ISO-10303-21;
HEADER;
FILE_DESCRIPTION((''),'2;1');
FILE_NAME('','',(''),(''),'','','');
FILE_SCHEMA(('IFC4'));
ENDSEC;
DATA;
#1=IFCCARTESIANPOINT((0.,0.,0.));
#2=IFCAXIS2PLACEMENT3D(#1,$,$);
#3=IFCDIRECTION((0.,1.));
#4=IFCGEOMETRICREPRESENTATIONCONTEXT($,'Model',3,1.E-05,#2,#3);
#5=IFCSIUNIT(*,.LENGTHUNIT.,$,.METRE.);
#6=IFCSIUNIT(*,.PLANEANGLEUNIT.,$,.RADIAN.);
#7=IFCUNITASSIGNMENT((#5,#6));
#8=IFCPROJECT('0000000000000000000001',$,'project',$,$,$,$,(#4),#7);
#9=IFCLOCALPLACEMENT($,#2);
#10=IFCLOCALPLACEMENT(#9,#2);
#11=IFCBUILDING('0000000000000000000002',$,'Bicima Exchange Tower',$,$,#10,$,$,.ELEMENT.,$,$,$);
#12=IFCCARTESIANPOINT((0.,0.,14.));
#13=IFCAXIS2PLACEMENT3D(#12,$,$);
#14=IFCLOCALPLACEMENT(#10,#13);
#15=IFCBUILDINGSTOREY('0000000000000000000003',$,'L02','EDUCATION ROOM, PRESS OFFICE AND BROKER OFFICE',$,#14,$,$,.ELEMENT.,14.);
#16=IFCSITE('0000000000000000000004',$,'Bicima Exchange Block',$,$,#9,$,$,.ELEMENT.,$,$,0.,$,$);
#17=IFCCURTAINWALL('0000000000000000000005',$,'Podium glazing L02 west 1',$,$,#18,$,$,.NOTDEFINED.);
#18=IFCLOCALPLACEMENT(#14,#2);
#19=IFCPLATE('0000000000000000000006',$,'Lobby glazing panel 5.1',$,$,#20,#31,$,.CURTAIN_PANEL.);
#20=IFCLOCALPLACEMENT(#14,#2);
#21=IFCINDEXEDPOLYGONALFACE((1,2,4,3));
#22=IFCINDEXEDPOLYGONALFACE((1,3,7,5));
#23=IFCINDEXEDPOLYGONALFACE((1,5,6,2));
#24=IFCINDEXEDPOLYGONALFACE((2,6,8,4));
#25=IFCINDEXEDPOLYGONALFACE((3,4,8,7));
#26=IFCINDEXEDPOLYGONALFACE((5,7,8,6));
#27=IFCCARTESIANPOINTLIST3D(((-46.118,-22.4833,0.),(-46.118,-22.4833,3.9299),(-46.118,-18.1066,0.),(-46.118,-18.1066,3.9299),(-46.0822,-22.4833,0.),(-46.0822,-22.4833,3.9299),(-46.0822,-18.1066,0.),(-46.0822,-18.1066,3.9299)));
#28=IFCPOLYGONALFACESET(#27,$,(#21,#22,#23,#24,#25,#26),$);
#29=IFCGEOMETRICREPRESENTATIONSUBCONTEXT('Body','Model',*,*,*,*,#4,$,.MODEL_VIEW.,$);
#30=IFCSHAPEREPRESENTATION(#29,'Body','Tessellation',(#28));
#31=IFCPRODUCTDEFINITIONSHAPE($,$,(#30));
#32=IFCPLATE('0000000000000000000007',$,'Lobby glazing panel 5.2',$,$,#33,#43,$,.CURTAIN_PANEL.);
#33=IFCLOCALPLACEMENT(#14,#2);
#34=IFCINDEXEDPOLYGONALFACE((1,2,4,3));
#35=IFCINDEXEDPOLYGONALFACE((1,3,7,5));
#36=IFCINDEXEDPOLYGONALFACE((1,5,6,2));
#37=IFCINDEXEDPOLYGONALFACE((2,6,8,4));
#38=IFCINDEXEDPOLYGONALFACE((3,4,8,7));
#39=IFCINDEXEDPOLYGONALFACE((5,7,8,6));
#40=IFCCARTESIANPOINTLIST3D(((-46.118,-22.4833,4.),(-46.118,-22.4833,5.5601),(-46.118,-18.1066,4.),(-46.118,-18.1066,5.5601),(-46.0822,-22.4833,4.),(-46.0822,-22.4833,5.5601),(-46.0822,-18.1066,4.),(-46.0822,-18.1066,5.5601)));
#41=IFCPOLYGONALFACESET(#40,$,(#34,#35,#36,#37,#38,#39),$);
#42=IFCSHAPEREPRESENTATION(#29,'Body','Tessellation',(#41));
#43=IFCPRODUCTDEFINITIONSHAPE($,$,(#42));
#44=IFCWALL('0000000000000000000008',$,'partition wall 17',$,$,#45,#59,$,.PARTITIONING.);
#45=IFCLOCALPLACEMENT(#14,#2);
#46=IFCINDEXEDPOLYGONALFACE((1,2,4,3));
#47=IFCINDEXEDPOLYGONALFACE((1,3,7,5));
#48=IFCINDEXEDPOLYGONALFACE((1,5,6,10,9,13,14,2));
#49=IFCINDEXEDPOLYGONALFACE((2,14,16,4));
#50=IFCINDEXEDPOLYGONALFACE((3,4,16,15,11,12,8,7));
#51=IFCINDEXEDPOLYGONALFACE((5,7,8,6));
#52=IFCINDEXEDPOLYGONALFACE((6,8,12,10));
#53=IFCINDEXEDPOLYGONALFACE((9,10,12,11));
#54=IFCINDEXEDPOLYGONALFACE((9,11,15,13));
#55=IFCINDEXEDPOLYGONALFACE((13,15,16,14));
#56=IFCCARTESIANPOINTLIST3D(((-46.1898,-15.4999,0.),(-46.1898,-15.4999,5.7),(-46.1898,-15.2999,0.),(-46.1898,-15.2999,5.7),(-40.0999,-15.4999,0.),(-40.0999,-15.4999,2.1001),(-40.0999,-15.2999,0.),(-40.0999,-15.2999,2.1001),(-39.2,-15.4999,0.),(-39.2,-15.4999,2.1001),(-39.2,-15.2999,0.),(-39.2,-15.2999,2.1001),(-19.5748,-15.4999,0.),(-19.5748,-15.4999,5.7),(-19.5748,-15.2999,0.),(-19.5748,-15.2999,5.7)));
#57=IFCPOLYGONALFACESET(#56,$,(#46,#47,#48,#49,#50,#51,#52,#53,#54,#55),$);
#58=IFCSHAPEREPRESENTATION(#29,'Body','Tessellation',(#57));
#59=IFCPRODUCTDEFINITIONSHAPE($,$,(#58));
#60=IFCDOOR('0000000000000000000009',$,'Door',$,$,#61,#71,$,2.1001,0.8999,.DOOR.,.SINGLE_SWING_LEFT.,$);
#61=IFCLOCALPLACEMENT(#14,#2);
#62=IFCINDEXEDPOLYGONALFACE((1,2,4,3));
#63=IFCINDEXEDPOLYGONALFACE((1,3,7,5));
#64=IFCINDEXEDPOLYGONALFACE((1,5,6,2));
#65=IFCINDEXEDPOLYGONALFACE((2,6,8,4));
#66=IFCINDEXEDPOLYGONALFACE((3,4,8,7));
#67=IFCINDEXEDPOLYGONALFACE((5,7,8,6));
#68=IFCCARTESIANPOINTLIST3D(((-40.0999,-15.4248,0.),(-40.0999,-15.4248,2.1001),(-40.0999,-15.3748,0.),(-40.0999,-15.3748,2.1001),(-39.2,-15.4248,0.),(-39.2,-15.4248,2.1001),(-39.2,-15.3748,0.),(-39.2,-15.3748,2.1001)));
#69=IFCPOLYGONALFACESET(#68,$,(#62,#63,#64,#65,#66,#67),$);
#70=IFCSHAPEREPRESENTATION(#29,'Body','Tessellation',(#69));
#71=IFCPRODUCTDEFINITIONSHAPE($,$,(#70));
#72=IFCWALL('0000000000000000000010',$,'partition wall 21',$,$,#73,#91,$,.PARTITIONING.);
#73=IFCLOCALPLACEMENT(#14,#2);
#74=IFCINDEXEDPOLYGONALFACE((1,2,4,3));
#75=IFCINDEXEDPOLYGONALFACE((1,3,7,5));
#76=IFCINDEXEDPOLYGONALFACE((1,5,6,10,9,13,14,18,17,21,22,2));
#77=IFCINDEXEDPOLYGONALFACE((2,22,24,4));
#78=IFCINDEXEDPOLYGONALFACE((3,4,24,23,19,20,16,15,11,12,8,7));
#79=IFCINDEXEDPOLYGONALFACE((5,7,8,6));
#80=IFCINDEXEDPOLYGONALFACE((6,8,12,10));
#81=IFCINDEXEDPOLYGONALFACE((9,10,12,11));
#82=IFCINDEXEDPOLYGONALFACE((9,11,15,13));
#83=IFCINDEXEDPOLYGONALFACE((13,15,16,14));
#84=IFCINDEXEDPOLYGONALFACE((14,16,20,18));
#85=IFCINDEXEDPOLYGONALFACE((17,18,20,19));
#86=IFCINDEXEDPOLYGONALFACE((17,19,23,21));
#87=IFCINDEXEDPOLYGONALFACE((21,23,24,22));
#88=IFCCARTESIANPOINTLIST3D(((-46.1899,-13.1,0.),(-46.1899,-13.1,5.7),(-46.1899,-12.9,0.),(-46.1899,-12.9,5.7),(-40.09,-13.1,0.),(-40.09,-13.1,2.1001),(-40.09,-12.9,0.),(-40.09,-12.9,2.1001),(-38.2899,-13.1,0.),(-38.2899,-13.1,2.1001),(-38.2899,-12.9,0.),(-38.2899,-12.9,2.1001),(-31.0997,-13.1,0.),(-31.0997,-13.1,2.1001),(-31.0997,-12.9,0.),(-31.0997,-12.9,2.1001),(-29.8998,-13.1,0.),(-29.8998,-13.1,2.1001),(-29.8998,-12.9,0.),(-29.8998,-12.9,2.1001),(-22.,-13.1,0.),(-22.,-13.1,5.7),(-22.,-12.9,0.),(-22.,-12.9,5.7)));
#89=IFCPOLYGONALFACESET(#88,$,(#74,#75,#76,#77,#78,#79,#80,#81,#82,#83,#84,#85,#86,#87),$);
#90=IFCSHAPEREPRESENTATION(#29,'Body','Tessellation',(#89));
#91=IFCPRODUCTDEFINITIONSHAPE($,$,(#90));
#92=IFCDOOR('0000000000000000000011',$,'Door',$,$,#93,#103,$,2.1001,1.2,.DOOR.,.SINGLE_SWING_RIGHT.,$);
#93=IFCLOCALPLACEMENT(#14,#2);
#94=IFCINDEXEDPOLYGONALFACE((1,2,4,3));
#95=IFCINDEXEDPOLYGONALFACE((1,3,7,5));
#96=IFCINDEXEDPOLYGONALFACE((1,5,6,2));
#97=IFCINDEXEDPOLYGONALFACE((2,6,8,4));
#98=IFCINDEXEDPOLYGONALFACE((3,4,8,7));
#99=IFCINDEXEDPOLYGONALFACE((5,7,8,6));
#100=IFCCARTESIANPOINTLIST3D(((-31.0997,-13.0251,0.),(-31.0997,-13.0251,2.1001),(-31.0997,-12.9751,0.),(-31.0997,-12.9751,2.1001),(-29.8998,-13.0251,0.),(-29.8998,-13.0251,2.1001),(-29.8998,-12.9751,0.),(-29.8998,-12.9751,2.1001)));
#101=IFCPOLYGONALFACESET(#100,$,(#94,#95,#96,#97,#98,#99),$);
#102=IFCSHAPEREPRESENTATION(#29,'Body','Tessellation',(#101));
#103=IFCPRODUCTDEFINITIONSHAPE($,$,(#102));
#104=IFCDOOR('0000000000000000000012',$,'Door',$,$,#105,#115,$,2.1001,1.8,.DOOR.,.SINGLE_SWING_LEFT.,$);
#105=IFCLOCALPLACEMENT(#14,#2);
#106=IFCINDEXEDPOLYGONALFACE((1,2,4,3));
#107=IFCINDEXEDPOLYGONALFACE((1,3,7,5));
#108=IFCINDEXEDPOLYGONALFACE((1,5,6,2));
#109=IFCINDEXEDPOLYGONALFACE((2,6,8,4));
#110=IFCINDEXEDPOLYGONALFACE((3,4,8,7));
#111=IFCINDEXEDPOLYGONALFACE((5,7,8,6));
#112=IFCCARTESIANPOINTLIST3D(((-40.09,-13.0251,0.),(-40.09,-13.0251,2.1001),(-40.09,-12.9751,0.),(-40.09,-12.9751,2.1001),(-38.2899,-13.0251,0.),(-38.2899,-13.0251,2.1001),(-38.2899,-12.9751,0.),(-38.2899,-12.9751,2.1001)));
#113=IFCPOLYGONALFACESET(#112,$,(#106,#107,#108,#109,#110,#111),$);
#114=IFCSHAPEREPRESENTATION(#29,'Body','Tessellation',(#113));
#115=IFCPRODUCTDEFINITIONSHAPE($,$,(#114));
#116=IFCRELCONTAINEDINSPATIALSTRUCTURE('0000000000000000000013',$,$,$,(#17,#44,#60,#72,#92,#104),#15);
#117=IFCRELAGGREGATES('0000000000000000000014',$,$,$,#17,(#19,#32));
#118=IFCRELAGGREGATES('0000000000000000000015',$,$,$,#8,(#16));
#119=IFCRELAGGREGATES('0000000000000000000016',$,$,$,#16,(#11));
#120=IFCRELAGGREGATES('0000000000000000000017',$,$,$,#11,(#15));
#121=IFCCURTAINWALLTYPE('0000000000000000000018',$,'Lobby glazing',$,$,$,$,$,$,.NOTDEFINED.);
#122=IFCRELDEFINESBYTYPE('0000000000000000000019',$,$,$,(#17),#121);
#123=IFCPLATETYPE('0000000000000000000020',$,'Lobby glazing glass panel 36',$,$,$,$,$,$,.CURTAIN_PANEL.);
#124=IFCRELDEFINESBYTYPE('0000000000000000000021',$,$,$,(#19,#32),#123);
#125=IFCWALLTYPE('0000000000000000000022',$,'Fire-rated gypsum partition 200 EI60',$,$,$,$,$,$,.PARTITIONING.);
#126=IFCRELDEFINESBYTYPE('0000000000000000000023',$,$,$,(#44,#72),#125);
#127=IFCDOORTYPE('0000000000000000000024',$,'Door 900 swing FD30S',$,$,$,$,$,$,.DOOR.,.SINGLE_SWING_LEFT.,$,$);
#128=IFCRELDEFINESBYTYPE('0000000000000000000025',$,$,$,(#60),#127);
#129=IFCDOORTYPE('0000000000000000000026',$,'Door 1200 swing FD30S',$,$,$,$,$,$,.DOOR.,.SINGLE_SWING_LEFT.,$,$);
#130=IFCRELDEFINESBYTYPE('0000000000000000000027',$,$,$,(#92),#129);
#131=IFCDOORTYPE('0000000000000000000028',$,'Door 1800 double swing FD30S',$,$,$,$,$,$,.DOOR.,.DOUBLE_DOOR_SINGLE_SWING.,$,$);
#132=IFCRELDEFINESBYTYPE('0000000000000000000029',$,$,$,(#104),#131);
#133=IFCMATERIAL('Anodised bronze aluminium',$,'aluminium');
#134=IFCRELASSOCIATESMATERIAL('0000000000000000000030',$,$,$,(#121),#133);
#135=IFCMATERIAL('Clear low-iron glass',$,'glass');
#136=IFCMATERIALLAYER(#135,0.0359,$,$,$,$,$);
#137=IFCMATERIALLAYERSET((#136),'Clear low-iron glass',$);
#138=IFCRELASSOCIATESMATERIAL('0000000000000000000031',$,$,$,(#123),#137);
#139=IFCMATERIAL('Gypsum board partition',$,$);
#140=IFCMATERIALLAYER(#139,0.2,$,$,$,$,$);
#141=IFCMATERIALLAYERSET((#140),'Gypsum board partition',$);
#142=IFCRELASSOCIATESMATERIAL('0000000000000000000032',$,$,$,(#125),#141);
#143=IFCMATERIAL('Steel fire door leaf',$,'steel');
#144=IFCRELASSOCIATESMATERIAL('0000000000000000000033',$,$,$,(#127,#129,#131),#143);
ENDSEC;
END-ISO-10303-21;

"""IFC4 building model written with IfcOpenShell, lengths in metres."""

from ifc_helpers import new_model, si_unit, direction, frame, frame_2d, origin, origin_2d, place, context, subcontext, project, spatial, rectangle, extrude, material, layer, layer_set, type_object, element, fill, aggregate, save


model = new_model("IFC4")

# Units and contexts
model_context = context("Model", 3, precision=1e-05, world=origin(), true_north=direction((0.0, 1.0)))
body_context = subcontext(model_context, "Body", "Model", "MODEL_VIEW")
ifc_project = project(units=[si_unit("LENGTHUNIT", "METRE"), si_unit("PLANEANGLEUNIT", "RADIAN")], contexts=[model_context])

# Site, building, storey
site_placement = place(None, origin())
site = spatial("IfcSite", under=ifc_project, at=site_placement, Name="Bicima Exchange Block", CompositionType="ELEMENT", RefElevation=0.0)
building_placement = place(site_placement, origin())
building = spatial("IfcBuilding", under=site, at=building_placement, Name="Bicima Exchange Tower", CompositionType="ELEMENT")
storey_placement = place(building_placement, frame((0.0, 0.0, 14.0)))
storey = spatial("IfcBuildingStorey", under=building, at=storey_placement, Name="L02", Description="EDUCATION ROOM, PRESS OFFICE AND BROKER OFFICE", CompositionType="ELEMENT", Elevation=14.0)

# Curtain wall, plates
ifc_material_1 = material(Name="Anodised bronze aluminium", Category="aluminium")
curtain_wall_type = type_object("IfcCurtainWallType", Name="Lobby glazing", PredefinedType="NOTDEFINED", material=ifc_material_1)
curtain_wall_placement = place(storey_placement, origin())
curtain_wall = element("IfcCurtainWall", 1, at=curtain_wall_placement, inside=storey, type_object=curtain_wall_type, Name="Podium glazing L02 west 1", PredefinedType="NOTDEFINED")
ifc_material_2 = material(Name="Clear low-iron glass", Category="glass")
ifc_layer_1 = layer(ifc_material_2, 0.0359)
ifc_layer_set_1 = layer_set([ifc_layer_1], Name="Clear low-iron glass")
plate_type = type_object("IfcPlateType", Name="Lobby glazing glass panel 36", PredefinedType="CURTAIN_PANEL", material=ifc_layer_set_1)
plate_1_placement = place(storey_placement, frame((-46.1001, -20.2949, 0.0), z_axis=(0.0, 0.0, 1.0), x_axis=(0.0, -1.0, 0.0)))
plate_1 = element("IfcPlate", 2, at=plate_1_placement, type_object=plate_type, Name="Lobby glazing panel 5.1", PredefinedType="CURTAIN_PANEL", context=body_context, shape_type="SweptSolid", body=[
    extrude(rectangle(XDim=4.3767, YDim=0.0359, at=origin_2d()), origin(), (0.0, 0.0, 1.0), 3.9299),
])
plate_2_placement = place(storey_placement, frame((-46.1001, -20.2949, 4.0), z_axis=(0.0, 0.0, 1.0), x_axis=(0.0, -1.0, 0.0)))
plate_2 = element("IfcPlate", 3, at=plate_2_placement, type_object=plate_type, Name="Lobby glazing panel 5.2", PredefinedType="CURTAIN_PANEL", context=body_context, shape_type="SweptSolid", body=[
    extrude(rectangle(XDim=4.3767, YDim=0.0359, at=origin_2d()), origin(), (0.0, 0.0, 1.0), 1.5601),
])
aggregate(curtain_wall, [plate_1, plate_2])

# Wall, opening, door
ifc_material_3 = material(Name="Gypsum board partition")
ifc_layer_2 = layer(ifc_material_3, 0.2)
ifc_layer_set_2 = layer_set([ifc_layer_2], Name="Gypsum board partition")
wall_type = type_object("IfcWallType", Name="Fire-rated gypsum partition 200 EI60", PredefinedType="PARTITIONING", material=ifc_layer_set_2)
wall_1_placement = place(storey_placement, frame((-46.1899, -15.3999, 0.0), z_axis=(0.0, 0.0, 1.0), x_axis=(1.0, 0.0, 0.0)))
wall_1 = element("IfcWall", 4, at=wall_1_placement, inside=storey, type_object=wall_type, Name="partition wall 17", PredefinedType="PARTITIONING", context=body_context, shape_type="SweptSolid", body=[
    extrude(rectangle(XDim=26.615, YDim=0.2, at=frame_2d((13.3076, 0.0))), origin(), (0.0, 0.0, 1.0), 5.7),
])
opening_1_placement = place(wall_1_placement, frame((6.0901, 0.0, 0.0)))
opening_1 = element("IfcOpeningElement", 5, at=opening_1_placement, cuts=wall_1, PredefinedType="OPENING", context=body_context, shape_type="SweptSolid", body=[
    extrude(rectangle(XDim=0.8999, YDim=2.1001, at=frame_2d((0.45, 1.05))), frame((0.0, 0.1118, 0.0), z_axis=(0.0, -1.0, 0.0), x_axis=(1.0, 0.0, 0.0)), (0.0, 0.0, 1.0), 0.2239),
])
ifc_material_4 = material(Name="Steel fire door leaf", Category="steel")
door_type_1 = type_object("IfcDoorType", Name="Door 900 swing FD30S", OperationType="SINGLE_SWING_LEFT", PredefinedType="DOOR", material=ifc_material_4)
door_1_placement = place(opening_1_placement, frame((0.8999, 0.0, 0.0), z_axis=(0.0, 0.0, 1.0), x_axis=(-1.0, 0.0, 0.0)))
door_1 = element("IfcDoor", 6, at=door_1_placement, inside=storey, type_object=door_type_1, Name="Door", OperationType="SINGLE_SWING_LEFT", OverallHeight=2.1001, OverallWidth=0.8999, PredefinedType="DOOR", context=body_context, shape_type="SweptSolid", body=[
    extrude(rectangle(XDim=0.8999, YDim=2.1001, at=frame_2d((0.45, 1.05))), frame((0.0, 0.0249, 0.0), z_axis=(0.0, -1.0, 0.0), x_axis=(1.0, 0.0, 0.0)), (0.0, 0.0, 1.0), 0.05),
])
fill(opening_1, door_1)

# Wall, openings, doors
wall_2_placement = place(storey_placement, frame((-46.1899, -13.0, 0.0), z_axis=(0.0, 0.0, 1.0), x_axis=(1.0, 0.0, 0.0)))
wall_2 = element("IfcWall", 7, at=wall_2_placement, inside=storey, type_object=wall_type, Name="partition wall 21", PredefinedType="PARTITIONING", context=body_context, shape_type="SweptSolid", body=[
    extrude(rectangle(XDim=24.1899, YDim=0.2, at=frame_2d((12.095, 0.0))), origin(), (0.0, 0.0, 1.0), 5.7),
])
opening_2_placement = place(wall_2_placement, frame((15.0901, 0.0, 0.0)))
opening_2 = element("IfcOpeningElement", 8, at=opening_2_placement, cuts=wall_2, PredefinedType="OPENING", context=body_context, shape_type="SweptSolid", body=[
    extrude(rectangle(XDim=1.2, YDim=2.1001, at=frame_2d((0.6001, 1.05))), frame((0.0, 0.1118, 0.0), z_axis=(0.0, -1.0, 0.0), x_axis=(1.0, 0.0, 0.0)), (0.0, 0.0, 1.0), 0.2239),
])
opening_3_placement = place(wall_2_placement, frame((6.1001, 0.0, 0.0)))
opening_3 = element("IfcOpeningElement", 9, at=opening_3_placement, cuts=wall_2, PredefinedType="OPENING", context=body_context, shape_type="SweptSolid", body=[
    extrude(rectangle(XDim=1.8, YDim=2.1001, at=frame_2d((0.8999, 1.05))), frame((0.0, 0.1118, 0.0), z_axis=(0.0, -1.0, 0.0), x_axis=(1.0, 0.0, 0.0)), (0.0, 0.0, 1.0), 0.2239),
])
door_type_2 = type_object("IfcDoorType", Name="Door 1200 swing FD30S", OperationType="SINGLE_SWING_LEFT", PredefinedType="DOOR", material=ifc_material_4)
door_2_placement = place(opening_2_placement, origin())
door_2 = element("IfcDoor", 10, at=door_2_placement, inside=storey, type_object=door_type_2, Name="Door", OperationType="SINGLE_SWING_RIGHT", OverallHeight=2.1001, OverallWidth=1.2, PredefinedType="DOOR", context=body_context, shape_type="SweptSolid", body=[
    extrude(rectangle(XDim=1.2, YDim=2.1001, at=frame_2d((0.6001, 1.05))), frame((0.0, 0.0249, 0.0), z_axis=(0.0, -1.0, 0.0), x_axis=(1.0, 0.0, 0.0)), (0.0, 0.0, 1.0), 0.05),
])
fill(opening_2, door_2)
door_type_3 = type_object("IfcDoorType", Name="Door 1800 double swing FD30S", OperationType="DOUBLE_DOOR_SINGLE_SWING", PredefinedType="DOOR", material=ifc_material_4)
door_3_placement = place(opening_3_placement, origin())
door_3 = element("IfcDoor", 11, at=door_3_placement, inside=storey, type_object=door_type_3, Name="Door", OperationType="SINGLE_SWING_LEFT", OverallHeight=2.1001, OverallWidth=1.8, PredefinedType="DOOR", context=body_context, shape_type="SweptSolid", body=[
    extrude(rectangle(XDim=1.8, YDim=2.1001, at=frame_2d((0.8999, 1.05))), frame((0.0, 0.0249, 0.0), z_axis=(0.0, -1.0, 0.0), x_axis=(1.0, 0.0, 0.0)), (0.0, 0.0, 1.0), 0.05),
])
fill(opening_3, door_3)

save(model, "model.ifc")
